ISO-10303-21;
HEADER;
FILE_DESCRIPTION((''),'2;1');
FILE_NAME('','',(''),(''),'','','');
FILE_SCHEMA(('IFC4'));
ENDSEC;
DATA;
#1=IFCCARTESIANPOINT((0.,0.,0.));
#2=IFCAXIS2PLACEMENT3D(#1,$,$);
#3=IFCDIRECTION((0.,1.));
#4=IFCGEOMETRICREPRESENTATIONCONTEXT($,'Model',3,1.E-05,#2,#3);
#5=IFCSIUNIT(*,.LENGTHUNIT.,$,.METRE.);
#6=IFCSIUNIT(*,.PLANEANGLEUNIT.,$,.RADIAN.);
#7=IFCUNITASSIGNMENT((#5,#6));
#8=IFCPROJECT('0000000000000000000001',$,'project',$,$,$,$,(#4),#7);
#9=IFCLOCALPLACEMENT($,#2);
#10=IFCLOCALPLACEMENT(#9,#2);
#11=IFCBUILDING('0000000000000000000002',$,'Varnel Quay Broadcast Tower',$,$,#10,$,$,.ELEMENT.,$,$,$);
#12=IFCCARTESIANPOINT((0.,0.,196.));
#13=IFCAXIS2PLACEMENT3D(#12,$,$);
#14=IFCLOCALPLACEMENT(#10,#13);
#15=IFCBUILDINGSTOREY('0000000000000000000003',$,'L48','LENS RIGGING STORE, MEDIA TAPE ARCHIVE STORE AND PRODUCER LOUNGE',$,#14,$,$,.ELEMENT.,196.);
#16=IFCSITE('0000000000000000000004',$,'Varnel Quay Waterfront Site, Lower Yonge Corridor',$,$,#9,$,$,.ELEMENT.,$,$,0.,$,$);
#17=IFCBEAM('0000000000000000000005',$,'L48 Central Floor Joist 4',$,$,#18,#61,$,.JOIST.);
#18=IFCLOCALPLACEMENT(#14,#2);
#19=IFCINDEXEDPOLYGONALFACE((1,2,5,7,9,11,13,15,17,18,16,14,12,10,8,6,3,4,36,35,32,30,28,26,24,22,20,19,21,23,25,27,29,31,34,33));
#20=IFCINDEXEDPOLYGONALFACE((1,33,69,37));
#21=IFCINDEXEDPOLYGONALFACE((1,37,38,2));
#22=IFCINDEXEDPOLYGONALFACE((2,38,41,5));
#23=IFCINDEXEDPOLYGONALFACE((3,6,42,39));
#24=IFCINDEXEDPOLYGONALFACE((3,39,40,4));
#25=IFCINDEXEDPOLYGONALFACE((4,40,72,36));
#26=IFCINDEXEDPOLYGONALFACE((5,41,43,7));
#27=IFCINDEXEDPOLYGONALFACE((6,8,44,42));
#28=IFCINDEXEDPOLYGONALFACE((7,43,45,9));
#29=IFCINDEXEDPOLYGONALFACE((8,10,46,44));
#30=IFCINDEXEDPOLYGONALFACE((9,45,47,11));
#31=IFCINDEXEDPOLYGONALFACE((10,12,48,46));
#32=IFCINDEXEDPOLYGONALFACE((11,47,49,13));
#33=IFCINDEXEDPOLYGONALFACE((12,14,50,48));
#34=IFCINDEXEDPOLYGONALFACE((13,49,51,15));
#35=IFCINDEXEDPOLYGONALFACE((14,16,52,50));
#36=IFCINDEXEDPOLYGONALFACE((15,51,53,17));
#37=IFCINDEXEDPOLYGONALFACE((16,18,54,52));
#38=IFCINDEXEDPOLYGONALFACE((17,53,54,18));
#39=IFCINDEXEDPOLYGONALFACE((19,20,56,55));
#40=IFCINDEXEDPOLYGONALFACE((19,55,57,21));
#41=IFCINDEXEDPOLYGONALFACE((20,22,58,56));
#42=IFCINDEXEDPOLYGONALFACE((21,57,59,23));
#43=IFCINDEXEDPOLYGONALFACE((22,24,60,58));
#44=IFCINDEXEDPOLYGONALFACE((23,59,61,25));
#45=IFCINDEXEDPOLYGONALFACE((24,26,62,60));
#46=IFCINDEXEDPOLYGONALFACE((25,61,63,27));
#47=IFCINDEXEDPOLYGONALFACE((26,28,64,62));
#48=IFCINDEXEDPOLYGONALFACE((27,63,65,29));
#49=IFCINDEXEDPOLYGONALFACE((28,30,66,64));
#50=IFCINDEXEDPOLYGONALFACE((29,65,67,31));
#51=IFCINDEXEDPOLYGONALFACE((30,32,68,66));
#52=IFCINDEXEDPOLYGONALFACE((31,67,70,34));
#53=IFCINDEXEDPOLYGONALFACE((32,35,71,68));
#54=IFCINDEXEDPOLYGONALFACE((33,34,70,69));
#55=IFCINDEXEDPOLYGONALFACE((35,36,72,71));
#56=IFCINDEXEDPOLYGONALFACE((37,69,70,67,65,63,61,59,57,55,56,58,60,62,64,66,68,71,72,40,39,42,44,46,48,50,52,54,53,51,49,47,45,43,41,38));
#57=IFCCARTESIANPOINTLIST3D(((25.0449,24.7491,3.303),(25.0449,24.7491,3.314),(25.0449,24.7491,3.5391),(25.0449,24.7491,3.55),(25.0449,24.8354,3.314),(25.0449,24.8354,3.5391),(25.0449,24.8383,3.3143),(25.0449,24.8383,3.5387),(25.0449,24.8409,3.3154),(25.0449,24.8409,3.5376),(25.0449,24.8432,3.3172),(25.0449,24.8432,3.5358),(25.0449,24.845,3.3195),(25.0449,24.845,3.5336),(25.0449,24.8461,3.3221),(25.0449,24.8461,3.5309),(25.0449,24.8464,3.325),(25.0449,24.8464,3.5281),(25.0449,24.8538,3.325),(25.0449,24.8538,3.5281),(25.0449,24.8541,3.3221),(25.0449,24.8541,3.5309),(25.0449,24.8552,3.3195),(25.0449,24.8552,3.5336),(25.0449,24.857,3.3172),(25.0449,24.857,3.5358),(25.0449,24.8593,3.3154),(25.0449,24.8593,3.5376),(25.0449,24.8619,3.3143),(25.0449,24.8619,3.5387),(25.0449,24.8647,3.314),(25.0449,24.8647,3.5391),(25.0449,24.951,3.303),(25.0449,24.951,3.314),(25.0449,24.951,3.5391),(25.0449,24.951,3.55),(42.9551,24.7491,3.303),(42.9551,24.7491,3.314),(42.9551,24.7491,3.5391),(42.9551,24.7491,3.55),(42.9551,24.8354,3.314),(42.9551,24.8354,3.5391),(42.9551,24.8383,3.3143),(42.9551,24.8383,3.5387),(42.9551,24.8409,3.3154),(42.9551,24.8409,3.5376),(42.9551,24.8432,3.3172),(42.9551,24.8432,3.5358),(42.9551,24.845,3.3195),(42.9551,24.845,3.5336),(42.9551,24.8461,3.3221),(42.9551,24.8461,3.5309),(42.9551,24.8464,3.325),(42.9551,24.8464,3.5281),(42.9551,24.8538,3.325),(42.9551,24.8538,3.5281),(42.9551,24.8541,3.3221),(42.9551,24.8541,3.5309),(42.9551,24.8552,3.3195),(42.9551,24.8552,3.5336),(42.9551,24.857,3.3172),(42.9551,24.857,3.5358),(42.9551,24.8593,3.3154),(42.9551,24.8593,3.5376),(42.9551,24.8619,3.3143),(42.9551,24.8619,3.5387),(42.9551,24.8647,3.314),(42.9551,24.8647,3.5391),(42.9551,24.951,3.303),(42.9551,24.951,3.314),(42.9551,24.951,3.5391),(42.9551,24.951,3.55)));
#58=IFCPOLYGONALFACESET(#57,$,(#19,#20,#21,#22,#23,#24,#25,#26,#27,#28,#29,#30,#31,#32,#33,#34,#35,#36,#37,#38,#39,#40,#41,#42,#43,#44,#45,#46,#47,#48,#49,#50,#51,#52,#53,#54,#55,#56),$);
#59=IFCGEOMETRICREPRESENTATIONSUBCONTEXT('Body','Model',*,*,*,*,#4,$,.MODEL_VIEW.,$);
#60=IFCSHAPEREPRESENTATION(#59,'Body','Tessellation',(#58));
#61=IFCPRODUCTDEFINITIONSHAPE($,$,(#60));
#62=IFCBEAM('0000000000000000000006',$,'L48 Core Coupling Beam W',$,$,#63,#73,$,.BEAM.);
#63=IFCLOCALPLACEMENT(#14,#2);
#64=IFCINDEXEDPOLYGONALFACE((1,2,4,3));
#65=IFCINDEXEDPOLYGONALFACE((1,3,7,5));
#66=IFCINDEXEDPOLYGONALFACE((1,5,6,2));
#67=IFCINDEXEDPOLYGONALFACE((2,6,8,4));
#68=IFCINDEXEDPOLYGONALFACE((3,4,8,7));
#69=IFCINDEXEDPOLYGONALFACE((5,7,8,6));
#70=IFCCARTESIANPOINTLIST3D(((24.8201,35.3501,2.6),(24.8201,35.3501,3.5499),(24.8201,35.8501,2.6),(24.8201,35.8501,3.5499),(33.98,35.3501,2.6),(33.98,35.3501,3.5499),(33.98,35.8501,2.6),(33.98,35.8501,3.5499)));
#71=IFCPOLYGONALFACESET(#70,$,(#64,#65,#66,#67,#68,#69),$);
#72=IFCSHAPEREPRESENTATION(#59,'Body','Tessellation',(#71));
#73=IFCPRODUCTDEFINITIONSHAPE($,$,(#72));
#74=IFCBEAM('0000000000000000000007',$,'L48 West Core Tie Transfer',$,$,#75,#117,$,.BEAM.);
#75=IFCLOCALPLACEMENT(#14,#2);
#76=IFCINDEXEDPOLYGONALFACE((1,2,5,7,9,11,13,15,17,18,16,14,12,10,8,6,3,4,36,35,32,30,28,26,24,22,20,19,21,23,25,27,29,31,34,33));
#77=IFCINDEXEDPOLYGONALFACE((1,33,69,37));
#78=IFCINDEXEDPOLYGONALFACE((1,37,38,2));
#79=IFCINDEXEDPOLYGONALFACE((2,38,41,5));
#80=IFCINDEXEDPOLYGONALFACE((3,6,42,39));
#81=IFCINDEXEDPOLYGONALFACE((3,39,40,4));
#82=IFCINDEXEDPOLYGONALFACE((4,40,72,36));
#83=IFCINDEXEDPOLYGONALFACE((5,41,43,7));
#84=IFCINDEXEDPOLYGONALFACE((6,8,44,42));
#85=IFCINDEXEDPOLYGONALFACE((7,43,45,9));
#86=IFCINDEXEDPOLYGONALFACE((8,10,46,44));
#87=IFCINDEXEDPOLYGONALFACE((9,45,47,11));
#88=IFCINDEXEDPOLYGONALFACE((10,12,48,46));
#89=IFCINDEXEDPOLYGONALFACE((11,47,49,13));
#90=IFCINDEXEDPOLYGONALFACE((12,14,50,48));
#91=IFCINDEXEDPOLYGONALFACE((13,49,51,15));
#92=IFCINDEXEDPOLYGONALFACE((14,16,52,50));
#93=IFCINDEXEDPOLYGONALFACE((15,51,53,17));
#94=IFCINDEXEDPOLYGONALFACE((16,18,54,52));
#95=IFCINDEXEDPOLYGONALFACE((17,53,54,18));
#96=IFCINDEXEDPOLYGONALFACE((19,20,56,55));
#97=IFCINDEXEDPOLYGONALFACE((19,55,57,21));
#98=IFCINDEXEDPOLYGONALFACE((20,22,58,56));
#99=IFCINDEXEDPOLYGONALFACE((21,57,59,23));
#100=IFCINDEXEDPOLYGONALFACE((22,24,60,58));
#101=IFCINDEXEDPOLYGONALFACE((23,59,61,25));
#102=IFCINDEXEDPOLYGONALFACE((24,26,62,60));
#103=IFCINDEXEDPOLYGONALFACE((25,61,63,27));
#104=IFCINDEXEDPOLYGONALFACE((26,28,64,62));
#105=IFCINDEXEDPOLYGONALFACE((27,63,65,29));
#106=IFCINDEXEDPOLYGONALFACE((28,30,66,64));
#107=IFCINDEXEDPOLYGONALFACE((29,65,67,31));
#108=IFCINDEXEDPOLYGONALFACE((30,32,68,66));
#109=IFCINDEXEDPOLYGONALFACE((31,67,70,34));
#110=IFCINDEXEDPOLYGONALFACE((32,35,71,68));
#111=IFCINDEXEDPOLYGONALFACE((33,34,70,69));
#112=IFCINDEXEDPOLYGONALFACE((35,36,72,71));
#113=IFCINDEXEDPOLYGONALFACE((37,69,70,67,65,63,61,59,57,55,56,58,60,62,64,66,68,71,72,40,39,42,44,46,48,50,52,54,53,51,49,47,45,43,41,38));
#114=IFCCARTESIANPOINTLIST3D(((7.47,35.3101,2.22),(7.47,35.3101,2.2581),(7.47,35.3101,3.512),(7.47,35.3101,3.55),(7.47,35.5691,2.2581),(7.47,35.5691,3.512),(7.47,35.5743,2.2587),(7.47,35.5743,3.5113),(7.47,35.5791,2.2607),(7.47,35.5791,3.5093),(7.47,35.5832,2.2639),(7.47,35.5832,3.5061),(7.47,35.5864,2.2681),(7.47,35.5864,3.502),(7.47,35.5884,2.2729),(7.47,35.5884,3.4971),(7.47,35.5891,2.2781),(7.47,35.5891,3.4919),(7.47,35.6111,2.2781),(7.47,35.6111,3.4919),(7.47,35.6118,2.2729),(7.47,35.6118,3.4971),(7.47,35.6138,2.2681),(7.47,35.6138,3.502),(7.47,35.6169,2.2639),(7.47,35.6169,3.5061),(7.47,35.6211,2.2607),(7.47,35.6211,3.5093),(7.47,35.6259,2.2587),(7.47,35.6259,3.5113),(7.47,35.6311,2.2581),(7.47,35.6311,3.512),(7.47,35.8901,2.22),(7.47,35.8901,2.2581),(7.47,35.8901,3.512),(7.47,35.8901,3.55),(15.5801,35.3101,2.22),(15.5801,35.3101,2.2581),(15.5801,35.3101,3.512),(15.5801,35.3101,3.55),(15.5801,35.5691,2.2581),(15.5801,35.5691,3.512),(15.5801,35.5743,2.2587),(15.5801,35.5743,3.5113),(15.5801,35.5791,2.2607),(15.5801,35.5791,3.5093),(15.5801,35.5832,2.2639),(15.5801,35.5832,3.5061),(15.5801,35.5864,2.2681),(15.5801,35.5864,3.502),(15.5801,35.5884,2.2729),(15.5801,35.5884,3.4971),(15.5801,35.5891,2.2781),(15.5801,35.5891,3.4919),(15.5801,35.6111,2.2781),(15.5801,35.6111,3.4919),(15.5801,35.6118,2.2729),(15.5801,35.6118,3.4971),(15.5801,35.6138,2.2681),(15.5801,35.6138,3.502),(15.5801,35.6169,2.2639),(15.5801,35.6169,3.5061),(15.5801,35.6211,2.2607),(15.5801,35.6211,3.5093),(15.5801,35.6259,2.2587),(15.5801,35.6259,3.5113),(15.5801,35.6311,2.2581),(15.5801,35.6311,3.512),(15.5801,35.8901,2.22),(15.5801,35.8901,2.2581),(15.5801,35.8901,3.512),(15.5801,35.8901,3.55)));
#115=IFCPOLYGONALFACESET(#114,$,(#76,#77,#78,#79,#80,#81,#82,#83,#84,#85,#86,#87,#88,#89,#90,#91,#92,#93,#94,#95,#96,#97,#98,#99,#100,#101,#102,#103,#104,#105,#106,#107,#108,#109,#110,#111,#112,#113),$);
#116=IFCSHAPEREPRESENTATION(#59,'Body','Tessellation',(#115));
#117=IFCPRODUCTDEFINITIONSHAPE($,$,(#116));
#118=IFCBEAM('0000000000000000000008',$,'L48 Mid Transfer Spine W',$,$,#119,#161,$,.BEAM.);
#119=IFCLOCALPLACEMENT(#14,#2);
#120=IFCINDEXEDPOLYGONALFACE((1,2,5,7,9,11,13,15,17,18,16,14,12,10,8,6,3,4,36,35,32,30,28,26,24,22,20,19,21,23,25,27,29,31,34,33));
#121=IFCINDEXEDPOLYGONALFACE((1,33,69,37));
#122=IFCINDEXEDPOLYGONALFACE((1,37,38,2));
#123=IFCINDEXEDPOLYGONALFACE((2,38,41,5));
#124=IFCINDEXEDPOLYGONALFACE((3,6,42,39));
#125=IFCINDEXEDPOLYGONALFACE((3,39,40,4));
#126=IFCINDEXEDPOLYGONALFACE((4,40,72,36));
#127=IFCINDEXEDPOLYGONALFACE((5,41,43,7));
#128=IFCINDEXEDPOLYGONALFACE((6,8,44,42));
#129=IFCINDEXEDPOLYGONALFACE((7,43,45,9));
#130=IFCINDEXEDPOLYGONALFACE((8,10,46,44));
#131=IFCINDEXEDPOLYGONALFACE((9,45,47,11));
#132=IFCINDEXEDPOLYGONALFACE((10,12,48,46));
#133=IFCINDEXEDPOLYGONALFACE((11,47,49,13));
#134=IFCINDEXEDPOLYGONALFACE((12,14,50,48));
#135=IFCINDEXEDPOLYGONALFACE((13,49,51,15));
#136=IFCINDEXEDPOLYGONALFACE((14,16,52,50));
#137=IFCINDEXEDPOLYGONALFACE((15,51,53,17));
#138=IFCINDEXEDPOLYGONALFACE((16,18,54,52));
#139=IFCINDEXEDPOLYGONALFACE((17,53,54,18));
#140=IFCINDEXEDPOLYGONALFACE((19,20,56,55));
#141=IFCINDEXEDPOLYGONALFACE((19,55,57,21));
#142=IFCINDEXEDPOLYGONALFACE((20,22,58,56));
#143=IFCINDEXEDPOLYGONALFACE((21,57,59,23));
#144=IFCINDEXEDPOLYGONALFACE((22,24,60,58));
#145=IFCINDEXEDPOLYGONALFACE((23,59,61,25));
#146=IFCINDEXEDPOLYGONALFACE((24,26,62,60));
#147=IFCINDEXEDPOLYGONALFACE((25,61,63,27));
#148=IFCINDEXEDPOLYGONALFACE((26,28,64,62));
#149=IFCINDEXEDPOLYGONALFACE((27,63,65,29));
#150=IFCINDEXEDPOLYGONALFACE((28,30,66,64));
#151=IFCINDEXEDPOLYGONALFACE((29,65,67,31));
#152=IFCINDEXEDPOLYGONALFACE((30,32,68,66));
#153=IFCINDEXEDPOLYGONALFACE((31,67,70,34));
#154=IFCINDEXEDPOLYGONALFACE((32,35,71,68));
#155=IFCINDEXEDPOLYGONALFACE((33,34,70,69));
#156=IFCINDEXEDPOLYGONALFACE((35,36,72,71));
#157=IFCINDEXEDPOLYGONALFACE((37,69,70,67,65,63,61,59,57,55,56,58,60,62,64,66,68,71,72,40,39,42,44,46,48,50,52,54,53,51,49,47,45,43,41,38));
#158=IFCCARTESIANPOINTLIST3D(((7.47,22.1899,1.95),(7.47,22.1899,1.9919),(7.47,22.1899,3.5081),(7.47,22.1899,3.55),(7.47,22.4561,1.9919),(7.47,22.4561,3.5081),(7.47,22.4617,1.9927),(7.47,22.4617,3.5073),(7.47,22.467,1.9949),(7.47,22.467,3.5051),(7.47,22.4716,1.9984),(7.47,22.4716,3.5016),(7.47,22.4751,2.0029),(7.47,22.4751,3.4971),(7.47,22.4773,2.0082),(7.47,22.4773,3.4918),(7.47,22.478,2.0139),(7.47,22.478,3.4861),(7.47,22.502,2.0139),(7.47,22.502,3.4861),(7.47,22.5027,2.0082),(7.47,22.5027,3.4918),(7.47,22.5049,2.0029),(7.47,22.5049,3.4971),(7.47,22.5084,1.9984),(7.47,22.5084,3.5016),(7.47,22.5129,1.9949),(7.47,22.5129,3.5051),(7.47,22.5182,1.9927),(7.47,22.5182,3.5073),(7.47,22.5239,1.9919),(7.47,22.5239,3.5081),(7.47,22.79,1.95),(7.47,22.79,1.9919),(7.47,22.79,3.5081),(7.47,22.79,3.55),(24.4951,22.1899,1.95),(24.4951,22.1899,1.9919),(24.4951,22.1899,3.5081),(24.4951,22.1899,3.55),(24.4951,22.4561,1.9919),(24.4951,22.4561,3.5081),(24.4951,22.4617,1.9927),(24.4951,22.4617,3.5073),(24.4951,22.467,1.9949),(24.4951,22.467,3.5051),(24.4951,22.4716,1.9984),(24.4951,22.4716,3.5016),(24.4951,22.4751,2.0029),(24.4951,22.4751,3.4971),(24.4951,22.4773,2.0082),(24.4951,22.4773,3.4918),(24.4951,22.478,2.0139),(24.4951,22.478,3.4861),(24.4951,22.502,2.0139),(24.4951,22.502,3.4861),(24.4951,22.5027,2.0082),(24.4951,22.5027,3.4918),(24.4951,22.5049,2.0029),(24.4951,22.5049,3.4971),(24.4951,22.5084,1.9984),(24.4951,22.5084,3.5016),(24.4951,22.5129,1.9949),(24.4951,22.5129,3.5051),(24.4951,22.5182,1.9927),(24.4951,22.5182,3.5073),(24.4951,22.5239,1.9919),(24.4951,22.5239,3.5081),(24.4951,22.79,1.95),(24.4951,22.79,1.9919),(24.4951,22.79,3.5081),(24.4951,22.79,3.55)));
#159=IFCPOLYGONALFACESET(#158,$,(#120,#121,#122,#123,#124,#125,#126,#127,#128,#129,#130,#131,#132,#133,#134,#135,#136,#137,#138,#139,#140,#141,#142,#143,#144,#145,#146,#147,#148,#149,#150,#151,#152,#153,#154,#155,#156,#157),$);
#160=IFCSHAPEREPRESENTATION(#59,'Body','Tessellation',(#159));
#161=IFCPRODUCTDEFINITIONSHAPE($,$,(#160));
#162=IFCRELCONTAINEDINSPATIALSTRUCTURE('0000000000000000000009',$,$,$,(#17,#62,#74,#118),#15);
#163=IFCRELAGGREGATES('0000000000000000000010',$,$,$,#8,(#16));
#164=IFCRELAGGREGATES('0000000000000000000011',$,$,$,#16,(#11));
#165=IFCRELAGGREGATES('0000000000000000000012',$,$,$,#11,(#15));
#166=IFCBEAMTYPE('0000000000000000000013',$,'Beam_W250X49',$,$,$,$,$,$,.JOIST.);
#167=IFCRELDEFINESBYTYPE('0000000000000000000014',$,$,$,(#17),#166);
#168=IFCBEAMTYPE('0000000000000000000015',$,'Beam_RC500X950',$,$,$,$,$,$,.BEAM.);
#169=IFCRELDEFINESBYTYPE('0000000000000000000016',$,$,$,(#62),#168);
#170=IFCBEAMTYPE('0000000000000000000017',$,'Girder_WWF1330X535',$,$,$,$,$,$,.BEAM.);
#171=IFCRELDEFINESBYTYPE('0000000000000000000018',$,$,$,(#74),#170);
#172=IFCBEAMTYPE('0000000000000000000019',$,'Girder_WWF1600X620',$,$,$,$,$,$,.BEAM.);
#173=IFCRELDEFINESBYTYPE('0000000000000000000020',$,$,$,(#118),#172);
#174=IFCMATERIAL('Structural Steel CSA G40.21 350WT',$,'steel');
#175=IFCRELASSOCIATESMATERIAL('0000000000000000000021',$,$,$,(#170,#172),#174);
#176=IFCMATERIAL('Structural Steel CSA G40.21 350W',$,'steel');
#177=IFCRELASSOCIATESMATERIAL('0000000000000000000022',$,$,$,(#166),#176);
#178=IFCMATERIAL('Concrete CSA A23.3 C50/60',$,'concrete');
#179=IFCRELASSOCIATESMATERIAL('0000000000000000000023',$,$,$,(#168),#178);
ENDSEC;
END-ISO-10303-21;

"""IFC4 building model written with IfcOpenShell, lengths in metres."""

from ifc_helpers import new_model, si_unit, direction, frame, origin, origin_2d, place, context, subcontext, project, spatial, rectangle, i_section, extrude, source, transform, mapped, material, material_profile, profile_set, type_object, type_shapes, element, save


model = new_model("IFC4")

# Units and contexts
model_context = context("Model", 3, precision=1e-05, world=origin(), true_north=direction((0.0, 1.0)))
body_context = subcontext(model_context, "Body", "Model", "MODEL_VIEW")
ifc_project = project(units=[si_unit("LENGTHUNIT", "METRE"), si_unit("PLANEANGLEUNIT", "RADIAN")], contexts=[model_context])

# Site, building, storey
site_placement = place(None, origin())
site = spatial("IfcSite", under=ifc_project, at=site_placement, Name="Varnel Quay Waterfront Site, Lower Yonge Corridor", CompositionType="ELEMENT", RefElevation=0.0)
building_placement = place(site_placement, origin())
building = spatial("IfcBuilding", under=site, at=building_placement, Name="Varnel Quay Broadcast Tower", CompositionType="ELEMENT")
storey_placement = place(building_placement, frame((0.0, 0.0, 196.0)))
storey = spatial("IfcBuildingStorey", under=building, at=storey_placement, Name="L48", Description="LENS RIGGING STORE, MEDIA TAPE ARCHIVE STORE AND PRODUCER LOUNGE", CompositionType="ELEMENT", Elevation=196.0)

# Shared definitions
ifc_material_1 = material(Name="Structural Steel CSA G40.21 350WT", Category="steel")
ifc_material_2 = material(Name="Structural Steel CSA G40.21 350W", Category="steel")
ifc_material_3 = material(Name="Concrete CSA A23.3 C50/60", Category="concrete")

# Beams
ifc_material_profile_1 = material_profile(ifc_material_1, i_section(OverallWidth=0.5801, OverallDepth=1.3301, WebThickness=0.022, FlangeThickness=0.0381, FilletRadius=0.02, at=origin_2d()), Name="WWF1330X535")
ifc_profile_set_1 = profile_set([ifc_material_profile_1], Name="Structural Steel CSA G40.21 350WT")
beam_type_1 = type_object("IfcBeamType", Name="Girder_WWF1330X535", PredefinedType="BEAM", material=ifc_profile_set_1)
ifc_material_profile_2 = material_profile(ifc_material_1, i_section(OverallWidth=0.6001, OverallDepth=1.6001, WebThickness=0.0239, FlangeThickness=0.042, FilletRadius=0.022, at=origin_2d()), Name="WWF1600X620")
ifc_profile_set_2 = profile_set([ifc_material_profile_2], Name="Structural Steel CSA G40.21 350WT")
beam_type_2 = type_object("IfcBeamType", Name="Girder_WWF1600X620", PredefinedType="BEAM", material=ifc_profile_set_2)
ifc_material_profile_3 = material_profile(ifc_material_2, i_section(OverallWidth=0.2019, OverallDepth=0.2471, WebThickness=0.0073, FlangeThickness=0.011, FilletRadius=0.011, at=origin_2d()), Name="W250X49")
ifc_profile_set_3 = profile_set([ifc_material_profile_3], Name="Structural Steel CSA G40.21 350W")
beam_type_3 = type_object("IfcBeamType", Name="Beam_W250X49", PredefinedType="JOIST", material=ifc_profile_set_3)
shared_shape_1 = source(origin(), body_context, "Body", "SweptSolid", [
    extrude(i_section(OverallWidth=0.2019, OverallDepth=0.2471, WebThickness=0.0073, FlangeThickness=0.011, FilletRadius=0.011, at=origin_2d()), origin(), (0.0, 0.0, 1.0), 17.9102),
])
beam_1_placement = place(storey_placement, frame((25.0449, 24.8501, 3.4265), z_axis=(1.0, 0.0, 0.0), x_axis=(0.0, 1.0, 0.0)))
element("IfcBeam", 1, at=beam_1_placement, inside=storey, type_object=beam_type_3, Name="L48 Central Floor Joist 4", PredefinedType="JOIST", context=body_context, shape_type="MappedRepresentation", body=[
    mapped(shared_shape_1, transform((0.0, 0.0, 0.0), x_axis=(1.0, 0.0, 0.0), y_axis=(0.0, 1.0, 0.0), z_axis=(0.0, 0.0, 1.0), scale=1.0)),
])
ifc_material_profile_4 = material_profile(ifc_material_3, rectangle(XDim=0.5, YDim=0.95, at=origin_2d()), Name="RC500X950")
ifc_profile_set_4 = profile_set([ifc_material_profile_4], Name="Concrete CSA A23.3 C50/60")
beam_type_4 = type_object("IfcBeamType", Name="Beam_RC500X950", PredefinedType="BEAM", material=ifc_profile_set_4)
shared_shape_2 = source(origin(), body_context, "Body", "SweptSolid", [
    extrude(rectangle(XDim=0.5, YDim=0.95, at=origin_2d()), origin(), (0.0, 0.0, 1.0), 9.1599),
])
type_shapes(beam_type_4, [shared_shape_2])
beam_2_placement = place(storey_placement, frame((24.8201, 35.6001, 3.075), z_axis=(1.0, 0.0, 0.0), x_axis=(0.0, 1.0, 0.0)))
element("IfcBeam", 2, at=beam_2_placement, inside=storey, type_object=beam_type_4, Name="L48 Core Coupling Beam W", PredefinedType="BEAM", context=body_context, shape_type="MappedRepresentation", body=[
    mapped(shared_shape_2, transform((0.0, 0.0, 0.0), x_axis=(1.0, 0.0, 0.0), y_axis=(0.0, 1.0, 0.0), z_axis=(0.0, 0.0, 1.0), scale=1.0)),
])
shared_shape_3 = source(origin(), body_context, "Body", "SweptSolid", [
    extrude(i_section(OverallWidth=0.5801, OverallDepth=1.3301, WebThickness=0.022, FlangeThickness=0.0381, FilletRadius=0.02, at=origin_2d()), origin(), (0.0, 0.0, 1.0), 8.1101),
])
beam_3_placement = place(storey_placement, frame((7.47, 35.6001, 2.885), z_axis=(1.0, 0.0, 0.0), x_axis=(0.0, 1.0, 0.0)))
element("IfcBeam", 3, at=beam_3_placement, inside=storey, type_object=beam_type_1, Name="L48 West Core Tie Transfer", PredefinedType="BEAM", context=body_context, shape_type="MappedRepresentation", body=[
    mapped(shared_shape_3, transform((0.0, 0.0, 0.0), x_axis=(1.0, 0.0, 0.0), y_axis=(0.0, 1.0, 0.0), z_axis=(0.0, 0.0, 1.0), scale=1.0)),
])
shared_shape_4 = source(origin(), body_context, "Body", "SweptSolid", [
    extrude(i_section(OverallWidth=0.6001, OverallDepth=1.6001, WebThickness=0.0239, FlangeThickness=0.042, FilletRadius=0.022, at=origin_2d()), origin(), (0.0, 0.0, 1.0), 17.0251),
])
beam_4_placement = place(storey_placement, frame((7.47, 22.49, 2.75), z_axis=(1.0, 0.0, 0.0), x_axis=(0.0, 1.0, 0.0)))
element("IfcBeam", 4, at=beam_4_placement, inside=storey, type_object=beam_type_2, Name="L48 Mid Transfer Spine W", PredefinedType="BEAM", context=body_context, shape_type="MappedRepresentation", body=[
    mapped(shared_shape_4, transform((0.0, 0.0, 0.0), x_axis=(1.0, 0.0, 0.0), y_axis=(0.0, 1.0, 0.0), z_axis=(0.0, 0.0, 1.0), scale=1.0)),
])

save(model, "model.ifc")
